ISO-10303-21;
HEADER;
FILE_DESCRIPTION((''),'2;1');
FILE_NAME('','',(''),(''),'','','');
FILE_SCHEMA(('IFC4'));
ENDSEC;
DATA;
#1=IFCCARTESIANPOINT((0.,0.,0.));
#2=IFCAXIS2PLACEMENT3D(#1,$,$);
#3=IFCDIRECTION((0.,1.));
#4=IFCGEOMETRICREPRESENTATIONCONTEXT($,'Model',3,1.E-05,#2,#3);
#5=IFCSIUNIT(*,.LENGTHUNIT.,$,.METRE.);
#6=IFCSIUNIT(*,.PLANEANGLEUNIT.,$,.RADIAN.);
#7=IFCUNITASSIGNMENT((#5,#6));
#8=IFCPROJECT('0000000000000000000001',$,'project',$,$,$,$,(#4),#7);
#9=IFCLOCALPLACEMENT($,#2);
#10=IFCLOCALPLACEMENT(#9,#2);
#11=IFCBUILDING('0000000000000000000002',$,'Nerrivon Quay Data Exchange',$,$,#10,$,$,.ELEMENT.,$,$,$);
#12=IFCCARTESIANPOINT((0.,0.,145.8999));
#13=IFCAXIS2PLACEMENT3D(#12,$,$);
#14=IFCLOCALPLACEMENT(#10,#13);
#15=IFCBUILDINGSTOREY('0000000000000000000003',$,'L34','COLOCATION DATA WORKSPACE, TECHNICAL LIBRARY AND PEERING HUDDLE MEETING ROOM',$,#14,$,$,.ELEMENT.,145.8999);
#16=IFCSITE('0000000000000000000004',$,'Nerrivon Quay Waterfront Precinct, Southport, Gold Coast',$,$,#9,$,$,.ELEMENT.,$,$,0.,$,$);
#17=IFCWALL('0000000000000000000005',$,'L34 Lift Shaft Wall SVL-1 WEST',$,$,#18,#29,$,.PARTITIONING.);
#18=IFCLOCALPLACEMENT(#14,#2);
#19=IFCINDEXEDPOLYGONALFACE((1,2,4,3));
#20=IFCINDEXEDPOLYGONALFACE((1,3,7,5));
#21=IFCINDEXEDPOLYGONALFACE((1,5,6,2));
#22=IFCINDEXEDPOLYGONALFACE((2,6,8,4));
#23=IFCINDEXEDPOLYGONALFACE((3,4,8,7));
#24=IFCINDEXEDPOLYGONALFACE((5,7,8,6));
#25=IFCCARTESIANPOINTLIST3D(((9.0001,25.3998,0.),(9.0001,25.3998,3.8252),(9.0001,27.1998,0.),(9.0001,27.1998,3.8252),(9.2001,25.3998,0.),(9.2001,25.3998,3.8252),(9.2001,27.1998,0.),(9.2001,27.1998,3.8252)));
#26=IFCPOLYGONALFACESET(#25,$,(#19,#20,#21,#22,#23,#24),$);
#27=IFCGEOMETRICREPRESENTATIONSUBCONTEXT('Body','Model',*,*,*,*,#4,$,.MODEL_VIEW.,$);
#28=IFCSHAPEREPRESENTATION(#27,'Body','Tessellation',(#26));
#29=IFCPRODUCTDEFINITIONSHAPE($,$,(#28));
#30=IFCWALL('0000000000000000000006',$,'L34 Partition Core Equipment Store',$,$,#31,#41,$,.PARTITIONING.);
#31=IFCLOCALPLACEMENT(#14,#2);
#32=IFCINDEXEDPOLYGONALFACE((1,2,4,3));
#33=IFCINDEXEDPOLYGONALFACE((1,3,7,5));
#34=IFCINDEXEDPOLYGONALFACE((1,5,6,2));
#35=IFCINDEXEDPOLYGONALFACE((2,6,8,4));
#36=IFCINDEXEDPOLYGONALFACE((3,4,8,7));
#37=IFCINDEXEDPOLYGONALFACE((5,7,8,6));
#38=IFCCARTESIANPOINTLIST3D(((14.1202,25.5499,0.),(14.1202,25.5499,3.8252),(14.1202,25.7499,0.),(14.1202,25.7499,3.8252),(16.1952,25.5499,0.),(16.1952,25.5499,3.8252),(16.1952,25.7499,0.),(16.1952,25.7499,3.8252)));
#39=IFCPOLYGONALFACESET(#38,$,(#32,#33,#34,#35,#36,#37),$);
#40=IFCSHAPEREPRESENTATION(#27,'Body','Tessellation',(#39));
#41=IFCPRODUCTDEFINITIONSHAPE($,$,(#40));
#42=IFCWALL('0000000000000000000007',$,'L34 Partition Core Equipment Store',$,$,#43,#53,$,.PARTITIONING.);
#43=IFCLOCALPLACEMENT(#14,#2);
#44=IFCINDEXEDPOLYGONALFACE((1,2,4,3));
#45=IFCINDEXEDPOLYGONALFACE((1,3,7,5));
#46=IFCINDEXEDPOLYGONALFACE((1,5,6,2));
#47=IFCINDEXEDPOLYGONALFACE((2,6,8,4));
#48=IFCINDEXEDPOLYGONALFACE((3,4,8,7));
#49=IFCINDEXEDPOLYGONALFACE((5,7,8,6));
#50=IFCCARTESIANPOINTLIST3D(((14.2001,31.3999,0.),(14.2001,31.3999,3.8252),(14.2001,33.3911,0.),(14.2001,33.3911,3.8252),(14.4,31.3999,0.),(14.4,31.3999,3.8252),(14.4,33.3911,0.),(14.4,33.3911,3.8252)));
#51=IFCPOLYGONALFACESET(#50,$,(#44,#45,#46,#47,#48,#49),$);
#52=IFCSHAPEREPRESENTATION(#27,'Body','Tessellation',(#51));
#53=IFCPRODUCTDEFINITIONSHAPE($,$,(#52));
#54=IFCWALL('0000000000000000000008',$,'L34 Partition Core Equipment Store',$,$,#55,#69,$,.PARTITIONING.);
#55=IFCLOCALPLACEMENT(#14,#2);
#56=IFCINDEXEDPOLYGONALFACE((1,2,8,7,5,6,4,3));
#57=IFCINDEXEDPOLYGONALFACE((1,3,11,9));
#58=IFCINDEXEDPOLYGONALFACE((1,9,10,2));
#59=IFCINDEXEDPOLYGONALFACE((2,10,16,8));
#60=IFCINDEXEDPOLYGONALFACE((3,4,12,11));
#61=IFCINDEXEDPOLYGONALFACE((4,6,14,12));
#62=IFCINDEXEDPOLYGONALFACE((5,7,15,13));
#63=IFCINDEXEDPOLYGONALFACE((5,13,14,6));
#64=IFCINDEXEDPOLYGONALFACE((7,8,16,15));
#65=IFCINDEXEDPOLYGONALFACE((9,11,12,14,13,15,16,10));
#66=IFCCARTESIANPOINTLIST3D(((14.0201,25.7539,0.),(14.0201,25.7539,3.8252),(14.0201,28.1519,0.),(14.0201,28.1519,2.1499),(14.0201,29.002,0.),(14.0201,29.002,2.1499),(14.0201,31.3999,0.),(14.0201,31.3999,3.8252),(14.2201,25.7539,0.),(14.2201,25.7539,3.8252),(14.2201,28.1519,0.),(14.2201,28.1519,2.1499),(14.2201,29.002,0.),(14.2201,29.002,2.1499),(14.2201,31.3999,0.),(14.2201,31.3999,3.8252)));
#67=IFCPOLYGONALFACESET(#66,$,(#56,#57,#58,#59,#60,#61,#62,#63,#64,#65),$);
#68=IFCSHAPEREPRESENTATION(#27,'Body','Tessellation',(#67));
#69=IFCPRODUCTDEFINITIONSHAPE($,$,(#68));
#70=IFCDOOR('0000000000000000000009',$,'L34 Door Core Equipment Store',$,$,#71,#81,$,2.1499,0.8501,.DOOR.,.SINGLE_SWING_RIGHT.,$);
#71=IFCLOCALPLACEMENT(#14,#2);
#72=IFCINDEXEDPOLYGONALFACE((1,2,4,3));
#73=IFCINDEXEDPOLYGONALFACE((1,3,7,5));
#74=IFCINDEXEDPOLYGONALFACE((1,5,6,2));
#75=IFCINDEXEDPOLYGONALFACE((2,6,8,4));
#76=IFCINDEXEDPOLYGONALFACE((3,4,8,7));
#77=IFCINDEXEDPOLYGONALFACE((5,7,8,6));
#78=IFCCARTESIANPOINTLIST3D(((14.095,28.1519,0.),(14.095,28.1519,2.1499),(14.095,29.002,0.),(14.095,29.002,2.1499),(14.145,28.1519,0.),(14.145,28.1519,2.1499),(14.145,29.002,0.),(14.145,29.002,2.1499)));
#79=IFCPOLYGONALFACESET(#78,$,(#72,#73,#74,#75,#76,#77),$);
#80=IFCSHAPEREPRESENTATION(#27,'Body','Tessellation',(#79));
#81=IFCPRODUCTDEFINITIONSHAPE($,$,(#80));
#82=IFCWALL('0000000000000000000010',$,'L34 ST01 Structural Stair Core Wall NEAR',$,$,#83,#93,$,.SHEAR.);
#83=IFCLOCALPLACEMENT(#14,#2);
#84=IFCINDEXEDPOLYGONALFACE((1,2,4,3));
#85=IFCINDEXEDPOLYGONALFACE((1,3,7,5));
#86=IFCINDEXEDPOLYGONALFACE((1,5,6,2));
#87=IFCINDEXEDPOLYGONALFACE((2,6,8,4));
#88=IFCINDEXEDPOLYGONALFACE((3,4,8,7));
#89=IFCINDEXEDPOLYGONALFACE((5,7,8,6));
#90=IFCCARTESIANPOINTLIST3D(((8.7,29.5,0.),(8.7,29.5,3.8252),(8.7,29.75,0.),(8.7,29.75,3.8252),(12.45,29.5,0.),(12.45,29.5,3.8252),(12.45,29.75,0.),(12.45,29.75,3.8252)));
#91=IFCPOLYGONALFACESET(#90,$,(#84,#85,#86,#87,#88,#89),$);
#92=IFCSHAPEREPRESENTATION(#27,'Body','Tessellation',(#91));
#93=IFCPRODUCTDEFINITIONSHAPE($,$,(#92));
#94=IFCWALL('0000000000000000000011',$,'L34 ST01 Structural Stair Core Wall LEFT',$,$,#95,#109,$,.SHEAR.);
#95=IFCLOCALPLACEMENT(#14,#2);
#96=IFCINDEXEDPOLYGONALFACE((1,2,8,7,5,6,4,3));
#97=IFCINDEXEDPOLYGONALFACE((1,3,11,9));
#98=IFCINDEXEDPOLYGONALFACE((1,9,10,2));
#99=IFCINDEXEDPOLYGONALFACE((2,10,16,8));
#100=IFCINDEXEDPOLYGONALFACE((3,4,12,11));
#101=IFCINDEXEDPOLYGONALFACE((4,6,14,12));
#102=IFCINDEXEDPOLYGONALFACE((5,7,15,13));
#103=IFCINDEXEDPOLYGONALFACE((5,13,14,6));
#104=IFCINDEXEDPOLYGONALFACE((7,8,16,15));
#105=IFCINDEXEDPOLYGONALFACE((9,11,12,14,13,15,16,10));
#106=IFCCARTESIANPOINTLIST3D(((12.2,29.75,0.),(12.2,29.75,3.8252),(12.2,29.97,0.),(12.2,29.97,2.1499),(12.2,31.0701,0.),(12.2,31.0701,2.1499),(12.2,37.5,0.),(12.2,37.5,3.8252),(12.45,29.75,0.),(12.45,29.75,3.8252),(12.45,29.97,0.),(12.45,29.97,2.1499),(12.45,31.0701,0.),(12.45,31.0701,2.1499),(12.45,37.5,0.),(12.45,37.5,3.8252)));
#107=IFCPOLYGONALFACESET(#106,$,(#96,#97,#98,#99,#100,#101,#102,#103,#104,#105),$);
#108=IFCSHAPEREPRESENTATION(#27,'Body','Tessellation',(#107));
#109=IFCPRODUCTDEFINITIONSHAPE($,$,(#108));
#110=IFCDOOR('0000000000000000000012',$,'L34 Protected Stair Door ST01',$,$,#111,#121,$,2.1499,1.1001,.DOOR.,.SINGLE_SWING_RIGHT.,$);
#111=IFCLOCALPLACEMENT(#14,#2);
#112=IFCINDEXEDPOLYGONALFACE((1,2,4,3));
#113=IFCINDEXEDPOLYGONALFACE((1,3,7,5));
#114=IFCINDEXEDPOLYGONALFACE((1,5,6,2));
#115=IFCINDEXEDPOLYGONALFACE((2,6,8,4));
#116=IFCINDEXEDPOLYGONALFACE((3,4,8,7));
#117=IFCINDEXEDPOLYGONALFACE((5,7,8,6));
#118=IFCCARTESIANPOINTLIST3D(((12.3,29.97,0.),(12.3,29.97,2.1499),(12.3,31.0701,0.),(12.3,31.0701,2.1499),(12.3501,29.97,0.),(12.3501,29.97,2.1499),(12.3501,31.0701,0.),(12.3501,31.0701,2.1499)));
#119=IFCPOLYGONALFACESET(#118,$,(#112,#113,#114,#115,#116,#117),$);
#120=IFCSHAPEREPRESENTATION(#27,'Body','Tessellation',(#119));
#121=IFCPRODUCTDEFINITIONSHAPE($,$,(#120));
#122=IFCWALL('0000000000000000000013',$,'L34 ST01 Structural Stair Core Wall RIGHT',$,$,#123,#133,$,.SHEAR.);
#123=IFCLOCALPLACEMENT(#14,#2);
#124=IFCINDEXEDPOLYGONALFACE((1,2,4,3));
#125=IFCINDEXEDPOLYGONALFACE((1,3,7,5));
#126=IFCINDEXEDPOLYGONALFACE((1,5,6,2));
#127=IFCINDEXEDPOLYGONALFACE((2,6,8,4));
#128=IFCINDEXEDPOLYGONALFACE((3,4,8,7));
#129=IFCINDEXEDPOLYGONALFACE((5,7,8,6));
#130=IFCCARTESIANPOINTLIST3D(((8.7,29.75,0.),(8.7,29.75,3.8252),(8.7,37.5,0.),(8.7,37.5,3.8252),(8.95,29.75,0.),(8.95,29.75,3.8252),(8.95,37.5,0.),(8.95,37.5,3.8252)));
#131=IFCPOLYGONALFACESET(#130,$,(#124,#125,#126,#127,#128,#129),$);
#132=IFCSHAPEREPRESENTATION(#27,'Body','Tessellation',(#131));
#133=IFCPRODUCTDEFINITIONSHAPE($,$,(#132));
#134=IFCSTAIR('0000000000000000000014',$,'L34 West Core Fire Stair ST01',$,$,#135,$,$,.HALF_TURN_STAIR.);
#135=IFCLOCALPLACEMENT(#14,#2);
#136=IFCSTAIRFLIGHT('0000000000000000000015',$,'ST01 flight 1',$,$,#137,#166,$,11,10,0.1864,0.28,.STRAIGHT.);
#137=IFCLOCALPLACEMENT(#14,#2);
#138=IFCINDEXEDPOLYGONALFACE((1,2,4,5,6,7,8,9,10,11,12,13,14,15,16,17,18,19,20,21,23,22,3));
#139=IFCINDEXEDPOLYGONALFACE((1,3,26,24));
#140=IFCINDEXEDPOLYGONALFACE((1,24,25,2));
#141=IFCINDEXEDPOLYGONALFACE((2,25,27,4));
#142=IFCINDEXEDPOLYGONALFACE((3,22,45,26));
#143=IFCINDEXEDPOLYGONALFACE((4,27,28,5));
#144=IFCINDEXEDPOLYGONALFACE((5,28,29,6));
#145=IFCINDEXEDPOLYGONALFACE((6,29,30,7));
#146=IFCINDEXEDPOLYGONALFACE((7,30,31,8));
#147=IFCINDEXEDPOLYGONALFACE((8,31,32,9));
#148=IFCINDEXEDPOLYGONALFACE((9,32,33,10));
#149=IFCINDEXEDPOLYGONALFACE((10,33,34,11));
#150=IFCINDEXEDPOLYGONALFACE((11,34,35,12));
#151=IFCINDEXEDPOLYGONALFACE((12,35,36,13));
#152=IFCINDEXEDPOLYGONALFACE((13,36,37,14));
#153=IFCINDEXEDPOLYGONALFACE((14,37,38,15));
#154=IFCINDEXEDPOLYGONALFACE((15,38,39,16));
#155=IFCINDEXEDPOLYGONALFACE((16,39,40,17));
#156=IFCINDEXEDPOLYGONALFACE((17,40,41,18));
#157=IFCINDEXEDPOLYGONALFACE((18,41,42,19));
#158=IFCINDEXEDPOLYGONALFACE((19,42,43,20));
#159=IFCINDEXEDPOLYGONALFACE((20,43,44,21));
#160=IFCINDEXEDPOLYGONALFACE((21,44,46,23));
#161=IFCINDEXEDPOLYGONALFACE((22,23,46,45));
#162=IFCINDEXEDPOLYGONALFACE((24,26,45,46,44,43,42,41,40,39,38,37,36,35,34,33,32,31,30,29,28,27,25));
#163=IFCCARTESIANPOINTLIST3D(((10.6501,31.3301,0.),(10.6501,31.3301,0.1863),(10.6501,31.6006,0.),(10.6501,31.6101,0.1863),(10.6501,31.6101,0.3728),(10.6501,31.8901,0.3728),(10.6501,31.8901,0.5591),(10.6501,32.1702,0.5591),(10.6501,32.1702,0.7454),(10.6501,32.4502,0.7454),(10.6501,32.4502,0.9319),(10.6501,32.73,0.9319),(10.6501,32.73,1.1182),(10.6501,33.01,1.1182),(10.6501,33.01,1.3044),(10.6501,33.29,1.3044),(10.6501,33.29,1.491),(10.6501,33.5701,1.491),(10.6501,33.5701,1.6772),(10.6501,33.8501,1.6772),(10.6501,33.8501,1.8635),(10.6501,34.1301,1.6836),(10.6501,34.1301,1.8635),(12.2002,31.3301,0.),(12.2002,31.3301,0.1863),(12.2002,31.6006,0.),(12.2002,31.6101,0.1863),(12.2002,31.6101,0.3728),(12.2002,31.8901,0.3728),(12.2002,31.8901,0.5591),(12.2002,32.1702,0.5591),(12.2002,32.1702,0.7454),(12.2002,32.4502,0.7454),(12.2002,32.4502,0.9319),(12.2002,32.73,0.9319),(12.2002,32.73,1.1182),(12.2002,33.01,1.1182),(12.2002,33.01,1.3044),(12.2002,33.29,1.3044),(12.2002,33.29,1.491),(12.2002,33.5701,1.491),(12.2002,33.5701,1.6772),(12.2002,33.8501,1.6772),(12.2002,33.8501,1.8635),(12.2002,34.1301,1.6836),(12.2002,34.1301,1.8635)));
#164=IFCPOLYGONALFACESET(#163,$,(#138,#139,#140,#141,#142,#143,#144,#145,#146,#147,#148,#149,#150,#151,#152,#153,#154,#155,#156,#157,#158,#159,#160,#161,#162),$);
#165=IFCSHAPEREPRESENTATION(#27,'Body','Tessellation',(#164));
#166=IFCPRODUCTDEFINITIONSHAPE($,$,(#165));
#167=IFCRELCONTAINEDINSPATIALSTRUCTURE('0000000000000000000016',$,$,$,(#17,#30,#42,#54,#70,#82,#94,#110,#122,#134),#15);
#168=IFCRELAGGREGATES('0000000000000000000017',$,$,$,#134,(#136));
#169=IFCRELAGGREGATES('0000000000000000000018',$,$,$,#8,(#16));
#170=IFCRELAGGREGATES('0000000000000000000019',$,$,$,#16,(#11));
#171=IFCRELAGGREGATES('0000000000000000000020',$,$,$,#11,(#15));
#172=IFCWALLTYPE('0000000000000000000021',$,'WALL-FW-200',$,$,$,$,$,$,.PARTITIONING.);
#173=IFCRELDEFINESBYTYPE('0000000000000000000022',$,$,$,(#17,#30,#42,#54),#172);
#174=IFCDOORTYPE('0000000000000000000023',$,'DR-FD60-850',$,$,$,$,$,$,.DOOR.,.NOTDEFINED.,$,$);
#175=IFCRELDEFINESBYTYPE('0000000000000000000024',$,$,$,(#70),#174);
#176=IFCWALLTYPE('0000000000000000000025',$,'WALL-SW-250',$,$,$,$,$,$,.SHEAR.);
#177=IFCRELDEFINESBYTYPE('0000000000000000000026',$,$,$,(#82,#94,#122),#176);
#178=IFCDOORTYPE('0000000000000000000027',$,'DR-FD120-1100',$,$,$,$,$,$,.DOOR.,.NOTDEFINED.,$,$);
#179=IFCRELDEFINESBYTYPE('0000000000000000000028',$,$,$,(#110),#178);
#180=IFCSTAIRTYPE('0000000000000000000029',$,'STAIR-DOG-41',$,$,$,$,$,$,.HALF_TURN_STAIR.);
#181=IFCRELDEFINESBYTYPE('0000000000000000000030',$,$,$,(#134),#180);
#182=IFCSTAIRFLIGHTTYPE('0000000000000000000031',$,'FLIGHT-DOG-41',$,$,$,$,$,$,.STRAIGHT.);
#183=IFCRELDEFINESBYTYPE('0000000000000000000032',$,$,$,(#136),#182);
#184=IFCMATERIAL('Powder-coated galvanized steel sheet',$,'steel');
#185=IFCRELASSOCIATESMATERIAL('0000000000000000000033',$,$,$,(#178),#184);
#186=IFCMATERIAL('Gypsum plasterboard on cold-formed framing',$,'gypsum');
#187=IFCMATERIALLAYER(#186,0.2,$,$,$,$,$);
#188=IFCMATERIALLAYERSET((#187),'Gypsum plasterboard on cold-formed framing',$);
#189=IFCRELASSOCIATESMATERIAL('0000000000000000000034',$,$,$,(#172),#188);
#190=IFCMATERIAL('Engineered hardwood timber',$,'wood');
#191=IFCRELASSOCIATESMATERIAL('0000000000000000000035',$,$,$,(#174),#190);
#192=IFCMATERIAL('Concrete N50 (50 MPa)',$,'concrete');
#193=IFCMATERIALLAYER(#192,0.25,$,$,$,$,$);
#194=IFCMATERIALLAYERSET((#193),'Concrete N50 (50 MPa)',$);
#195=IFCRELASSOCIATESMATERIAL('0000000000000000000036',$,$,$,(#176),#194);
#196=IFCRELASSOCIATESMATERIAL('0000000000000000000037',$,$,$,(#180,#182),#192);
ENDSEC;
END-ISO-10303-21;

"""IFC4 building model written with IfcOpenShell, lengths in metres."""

from ifc_helpers import new_model, si_unit, direction, frame, frame_2d, origin, place, context, subcontext, project, spatial, polyline, rectangle, outline, extrude, material, layer, layer_set, type_object, element, fill, aggregate, save


model = new_model("IFC4")

# Units and contexts
model_context = context("Model", 3, precision=1e-05, world=origin(), true_north=direction((0.0, 1.0)))
body_context = subcontext(model_context, "Body", "Model", "MODEL_VIEW")
ifc_project = project(units=[si_unit("LENGTHUNIT", "METRE"), si_unit("PLANEANGLEUNIT", "RADIAN")], contexts=[model_context])

# Site, building, storey
site_placement = place(None, origin())
site = spatial("IfcSite", under=ifc_project, at=site_placement, Name="Nerrivon Quay Waterfront Precinct, Southport, Gold Coast", CompositionType="ELEMENT", RefElevation=0.0)
building_placement = place(site_placement, origin())
building = spatial("IfcBuilding", under=site, at=building_placement, Name="Nerrivon Quay Data Exchange", CompositionType="ELEMENT")
storey_placement = place(building_placement, frame((0.0, 0.0, 145.8999)))
storey = spatial("IfcBuildingStorey", under=building, at=storey_placement, Name="L34", Description="COLOCATION DATA WORKSPACE, TECHNICAL LIBRARY AND PEERING HUDDLE MEETING ROOM", CompositionType="ELEMENT", Elevation=145.8999)

# Shared definitions
ifc_material_1 = material(Name="Powder-coated galvanized steel sheet", Category="steel")
door_type_1 = type_object("IfcDoorType", Name="DR-FD120-1100", OperationType="NOTDEFINED", PredefinedType="DOOR", material=ifc_material_1)
ifc_material_2 = material(Name="Gypsum plasterboard on cold-formed framing", Category="gypsum")
ifc_layer_1 = layer(ifc_material_2, 0.2)
ifc_layer_set_1 = layer_set([ifc_layer_1], Name="Gypsum plasterboard on cold-formed framing")
wall_type_1 = type_object("IfcWallType", Name="WALL-FW-200", PredefinedType="PARTITIONING", material=ifc_layer_set_1)

# Walls
wall_1_placement = place(storey_placement, frame((9.1001, 25.3999, 0.0), z_axis=(0.0, 0.0, 1.0), x_axis=(0.0, 1.0, 0.0)))
element("IfcWall", 1, at=wall_1_placement, inside=storey, type_object=wall_type_1, Name="L34 Lift Shaft Wall SVL-1 WEST", PredefinedType="PARTITIONING", context=body_context, shape_type="SweptSolid", body=[
    extrude(rectangle(XDim=1.8, YDim=0.2, at=frame_2d((0.8999, 0.0))), origin(), (0.0, 0.0, 1.0), 3.8252),
])
wall_2_placement = place(storey_placement, frame((14.1201, 25.6499, 0.0), z_axis=(0.0, 0.0, 1.0), x_axis=(1.0, 0.0, 0.0)))
element("IfcWall", 2, at=wall_2_placement, inside=storey, type_object=wall_type_1, Name="L34 Partition Core Equipment Store", PredefinedType="PARTITIONING", context=body_context, shape_type="SweptSolid", body=[
    extrude(rectangle(XDim=2.075, YDim=0.2, at=frame_2d((1.0376, 0.0))), origin(), (0.0, 0.0, 1.0), 3.8252),
])
wall_3_placement = place(storey_placement, frame((14.3, 33.3911, 0.0), z_axis=(0.0, 0.0, 1.0), x_axis=(0.0, -1.0, 0.0)))
element("IfcWall", 3, at=wall_3_placement, inside=storey, type_object=wall_type_1, Name="L34 Partition Core Equipment Store", PredefinedType="PARTITIONING", context=body_context, shape_type="SweptSolid", body=[
    extrude(rectangle(XDim=1.9912, YDim=0.2, at=frame_2d((0.9956, 0.0))), origin(), (0.0, 0.0, 1.0), 3.8252),
])

# Wall, opening, door
wall_4_placement = place(storey_placement, frame((14.1201, 31.3999, 0.0), z_axis=(0.0, 0.0, 1.0), x_axis=(0.0, -1.0, 0.0)))
wall_4 = element("IfcWall", 4, at=wall_4_placement, inside=storey, type_object=wall_type_1, Name="L34 Partition Core Equipment Store", PredefinedType="PARTITIONING", context=body_context, shape_type="SweptSolid", body=[
    extrude(rectangle(XDim=5.646, YDim=0.2, at=frame_2d((2.823, 0.0))), origin(), (0.0, 0.0, 1.0), 3.8252),
])
opening_1_placement = place(wall_4_placement, frame((2.3979, 0.0, 0.0)))
opening_1 = element("IfcOpeningElement", 5, at=opening_1_placement, cuts=wall_4, PredefinedType="OPENING", context=body_context, shape_type="SweptSolid", body=[
    extrude(rectangle(XDim=0.8501, YDim=2.1499, at=frame_2d((0.425, 1.075))), frame((0.0, 0.1099, 0.0), z_axis=(0.0, -1.0, 0.0), x_axis=(1.0, 0.0, 0.0)), (0.0, 0.0, 1.0), 0.22),
])
ifc_material_3 = material(Name="Engineered hardwood timber", Category="wood")
door_type_2 = type_object("IfcDoorType", Name="DR-FD60-850", OperationType="NOTDEFINED", PredefinedType="DOOR", material=ifc_material_3)
door_1_placement = place(opening_1_placement, origin())
door_1 = element("IfcDoor", 6, at=door_1_placement, inside=storey, type_object=door_type_2, Name="L34 Door Core Equipment Store", OperationType="SINGLE_SWING_RIGHT", OverallHeight=2.1499, OverallWidth=0.8501, PredefinedType="DOOR", context=body_context, shape_type="SweptSolid", body=[
    extrude(rectangle(XDim=0.8501, YDim=2.1499, at=frame_2d((0.425, 1.075))), frame((0.0, 0.0249, 0.0), z_axis=(0.0, -1.0, 0.0), x_axis=(1.0, 0.0, 0.0)), (0.0, 0.0, 1.0), 0.05),
])
fill(opening_1, door_1)

# Wall
ifc_material_4 = material(Name="Concrete N50 (50 MPa)", Category="concrete")
ifc_layer_2 = layer(ifc_material_4, 0.25)
ifc_layer_set_2 = layer_set([ifc_layer_2], Name="Concrete N50 (50 MPa)")
wall_type_2 = type_object("IfcWallType", Name="WALL-SW-250", PredefinedType="SHEAR", material=ifc_layer_set_2)
wall_5_placement = place(storey_placement, frame((12.45, 29.625, 0.0), z_axis=(0.0, 0.0, 1.0), x_axis=(-1.0, 0.0, 0.0)))
element("IfcWall", 7, at=wall_5_placement, inside=storey, type_object=wall_type_2, Name="L34 ST01 Structural Stair Core Wall NEAR", PredefinedType="SHEAR", context=body_context, shape_type="SweptSolid", body=[
    extrude(rectangle(XDim=3.75, YDim=0.25, at=frame_2d((1.875, 0.0))), origin(), (0.0, 0.0, 1.0), 3.8252),
])

# Wall, opening, door
wall_6_placement = place(storey_placement, frame((12.325, 29.75, 0.0), z_axis=(0.0, 0.0, 1.0), x_axis=(0.0, 1.0, 0.0)))
wall_6 = element("IfcWall", 8, at=wall_6_placement, inside=storey, type_object=wall_type_2, Name="L34 ST01 Structural Stair Core Wall LEFT", PredefinedType="SHEAR", context=body_context, shape_type="SweptSolid", body=[
    extrude(rectangle(XDim=7.75, YDim=0.25, at=frame_2d((3.875, 0.0))), origin(), (0.0, 0.0, 1.0), 3.8252),
])
opening_2_placement = place(wall_6_placement, frame((0.22, 0.0, 0.0)))
opening_2 = element("IfcOpeningElement", 9, at=opening_2_placement, cuts=wall_6, PredefinedType="OPENING", context=body_context, shape_type="SweptSolid", body=[
    extrude(rectangle(XDim=1.1001, YDim=2.1499, at=frame_2d((0.55, 1.075))), frame((0.0, 0.135, 0.0), z_axis=(0.0, -1.0, 0.0), x_axis=(1.0, 0.0, 0.0)), (0.0, 0.0, 1.0), 0.27),
])
door_2_placement = place(opening_2_placement, origin())
door_2 = element("IfcDoor", 10, at=door_2_placement, inside=storey, type_object=door_type_1, Name="L34 Protected Stair Door ST01", OperationType="SINGLE_SWING_RIGHT", OverallHeight=2.1499, OverallWidth=1.1001, PredefinedType="DOOR", context=body_context, shape_type="SweptSolid", body=[
    extrude(rectangle(XDim=1.1001, YDim=2.1499, at=frame_2d((0.55, 1.075))), frame((0.0, 0.0249, 0.0), z_axis=(0.0, -1.0, 0.0), x_axis=(1.0, 0.0, 0.0)), (0.0, 0.0, 1.0), 0.05),
])
fill(opening_2, door_2)

# Wall
wall_7_placement = place(storey_placement, frame((8.825, 29.75, 0.0), z_axis=(0.0, 0.0, 1.0), x_axis=(0.0, 1.0, 0.0)))
element("IfcWall", 11, at=wall_7_placement, inside=storey, type_object=wall_type_2, Name="L34 ST01 Structural Stair Core Wall RIGHT", PredefinedType="SHEAR", context=body_context, shape_type="SweptSolid", body=[
    extrude(rectangle(XDim=7.75, YDim=0.25, at=frame_2d((3.875, 0.0))), origin(), (0.0, 0.0, 1.0), 3.8252),
])

# Stair, stair flight
stair_type = type_object("IfcStairType", Name="STAIR-DOG-41", PredefinedType="HALF_TURN_STAIR", material=ifc_material_4)
stair_placement = place(storey_placement, origin())
stair = element("IfcStair", 12, at=stair_placement, inside=storey, type_object=stair_type, Name="L34 West Core Fire Stair ST01", PredefinedType="HALF_TURN_STAIR")
stair_flight_type = type_object("IfcStairFlightType", Name="FLIGHT-DOG-41", PredefinedType="STRAIGHT", material=ifc_material_4)
stair_flight_1_placement = place(storey_placement, frame((11.425, 31.3301, 0.0), z_axis=(0.0, 0.0, 1.0), x_axis=(0.0, 1.0, 0.0)))
stair_flight_1 = element("IfcStairFlight", 13, at=stair_flight_1_placement, type_object=stair_flight_type, Name="ST01 flight 1", NumberOfRisers=11, NumberOfTreads=10, PredefinedType="STRAIGHT", RiserHeight=0.1864, TreadLength=0.28, context=body_context, shape_type="SweptSolid", body=[
    extrude(outline(polyline([(0.0, 0.0), (0.0, 0.1863), (0.28, 0.1863), (0.28, 0.3728), (0.5601, 0.3728), (0.5601, 0.5591), (0.8401, 0.5591), (0.8401, 0.7454), (1.1201, 0.7454), (1.1201, 0.9319), (1.3999, 0.9319), (1.3999, 1.1182), (1.6799, 1.1182), (1.6799, 1.3044), (1.96, 1.3044), (1.96, 1.491), (2.24, 1.491), (2.24, 1.6772), (2.52, 1.6772), (2.52, 1.8635), (2.8, 1.8635), (2.8, 2.05), (2.8, 1.6836), (0.2705, 0.0), (0.0, 0.0)])), frame((0.0, 0.7749, 0.0), z_axis=(0.0, -1.0, 0.0), x_axis=(1.0, 0.0, 0.0)), (0.0, 0.0, 1.0), 1.55),
])
aggregate(stair, [stair_flight_1])

save(model, "model.ifc")
